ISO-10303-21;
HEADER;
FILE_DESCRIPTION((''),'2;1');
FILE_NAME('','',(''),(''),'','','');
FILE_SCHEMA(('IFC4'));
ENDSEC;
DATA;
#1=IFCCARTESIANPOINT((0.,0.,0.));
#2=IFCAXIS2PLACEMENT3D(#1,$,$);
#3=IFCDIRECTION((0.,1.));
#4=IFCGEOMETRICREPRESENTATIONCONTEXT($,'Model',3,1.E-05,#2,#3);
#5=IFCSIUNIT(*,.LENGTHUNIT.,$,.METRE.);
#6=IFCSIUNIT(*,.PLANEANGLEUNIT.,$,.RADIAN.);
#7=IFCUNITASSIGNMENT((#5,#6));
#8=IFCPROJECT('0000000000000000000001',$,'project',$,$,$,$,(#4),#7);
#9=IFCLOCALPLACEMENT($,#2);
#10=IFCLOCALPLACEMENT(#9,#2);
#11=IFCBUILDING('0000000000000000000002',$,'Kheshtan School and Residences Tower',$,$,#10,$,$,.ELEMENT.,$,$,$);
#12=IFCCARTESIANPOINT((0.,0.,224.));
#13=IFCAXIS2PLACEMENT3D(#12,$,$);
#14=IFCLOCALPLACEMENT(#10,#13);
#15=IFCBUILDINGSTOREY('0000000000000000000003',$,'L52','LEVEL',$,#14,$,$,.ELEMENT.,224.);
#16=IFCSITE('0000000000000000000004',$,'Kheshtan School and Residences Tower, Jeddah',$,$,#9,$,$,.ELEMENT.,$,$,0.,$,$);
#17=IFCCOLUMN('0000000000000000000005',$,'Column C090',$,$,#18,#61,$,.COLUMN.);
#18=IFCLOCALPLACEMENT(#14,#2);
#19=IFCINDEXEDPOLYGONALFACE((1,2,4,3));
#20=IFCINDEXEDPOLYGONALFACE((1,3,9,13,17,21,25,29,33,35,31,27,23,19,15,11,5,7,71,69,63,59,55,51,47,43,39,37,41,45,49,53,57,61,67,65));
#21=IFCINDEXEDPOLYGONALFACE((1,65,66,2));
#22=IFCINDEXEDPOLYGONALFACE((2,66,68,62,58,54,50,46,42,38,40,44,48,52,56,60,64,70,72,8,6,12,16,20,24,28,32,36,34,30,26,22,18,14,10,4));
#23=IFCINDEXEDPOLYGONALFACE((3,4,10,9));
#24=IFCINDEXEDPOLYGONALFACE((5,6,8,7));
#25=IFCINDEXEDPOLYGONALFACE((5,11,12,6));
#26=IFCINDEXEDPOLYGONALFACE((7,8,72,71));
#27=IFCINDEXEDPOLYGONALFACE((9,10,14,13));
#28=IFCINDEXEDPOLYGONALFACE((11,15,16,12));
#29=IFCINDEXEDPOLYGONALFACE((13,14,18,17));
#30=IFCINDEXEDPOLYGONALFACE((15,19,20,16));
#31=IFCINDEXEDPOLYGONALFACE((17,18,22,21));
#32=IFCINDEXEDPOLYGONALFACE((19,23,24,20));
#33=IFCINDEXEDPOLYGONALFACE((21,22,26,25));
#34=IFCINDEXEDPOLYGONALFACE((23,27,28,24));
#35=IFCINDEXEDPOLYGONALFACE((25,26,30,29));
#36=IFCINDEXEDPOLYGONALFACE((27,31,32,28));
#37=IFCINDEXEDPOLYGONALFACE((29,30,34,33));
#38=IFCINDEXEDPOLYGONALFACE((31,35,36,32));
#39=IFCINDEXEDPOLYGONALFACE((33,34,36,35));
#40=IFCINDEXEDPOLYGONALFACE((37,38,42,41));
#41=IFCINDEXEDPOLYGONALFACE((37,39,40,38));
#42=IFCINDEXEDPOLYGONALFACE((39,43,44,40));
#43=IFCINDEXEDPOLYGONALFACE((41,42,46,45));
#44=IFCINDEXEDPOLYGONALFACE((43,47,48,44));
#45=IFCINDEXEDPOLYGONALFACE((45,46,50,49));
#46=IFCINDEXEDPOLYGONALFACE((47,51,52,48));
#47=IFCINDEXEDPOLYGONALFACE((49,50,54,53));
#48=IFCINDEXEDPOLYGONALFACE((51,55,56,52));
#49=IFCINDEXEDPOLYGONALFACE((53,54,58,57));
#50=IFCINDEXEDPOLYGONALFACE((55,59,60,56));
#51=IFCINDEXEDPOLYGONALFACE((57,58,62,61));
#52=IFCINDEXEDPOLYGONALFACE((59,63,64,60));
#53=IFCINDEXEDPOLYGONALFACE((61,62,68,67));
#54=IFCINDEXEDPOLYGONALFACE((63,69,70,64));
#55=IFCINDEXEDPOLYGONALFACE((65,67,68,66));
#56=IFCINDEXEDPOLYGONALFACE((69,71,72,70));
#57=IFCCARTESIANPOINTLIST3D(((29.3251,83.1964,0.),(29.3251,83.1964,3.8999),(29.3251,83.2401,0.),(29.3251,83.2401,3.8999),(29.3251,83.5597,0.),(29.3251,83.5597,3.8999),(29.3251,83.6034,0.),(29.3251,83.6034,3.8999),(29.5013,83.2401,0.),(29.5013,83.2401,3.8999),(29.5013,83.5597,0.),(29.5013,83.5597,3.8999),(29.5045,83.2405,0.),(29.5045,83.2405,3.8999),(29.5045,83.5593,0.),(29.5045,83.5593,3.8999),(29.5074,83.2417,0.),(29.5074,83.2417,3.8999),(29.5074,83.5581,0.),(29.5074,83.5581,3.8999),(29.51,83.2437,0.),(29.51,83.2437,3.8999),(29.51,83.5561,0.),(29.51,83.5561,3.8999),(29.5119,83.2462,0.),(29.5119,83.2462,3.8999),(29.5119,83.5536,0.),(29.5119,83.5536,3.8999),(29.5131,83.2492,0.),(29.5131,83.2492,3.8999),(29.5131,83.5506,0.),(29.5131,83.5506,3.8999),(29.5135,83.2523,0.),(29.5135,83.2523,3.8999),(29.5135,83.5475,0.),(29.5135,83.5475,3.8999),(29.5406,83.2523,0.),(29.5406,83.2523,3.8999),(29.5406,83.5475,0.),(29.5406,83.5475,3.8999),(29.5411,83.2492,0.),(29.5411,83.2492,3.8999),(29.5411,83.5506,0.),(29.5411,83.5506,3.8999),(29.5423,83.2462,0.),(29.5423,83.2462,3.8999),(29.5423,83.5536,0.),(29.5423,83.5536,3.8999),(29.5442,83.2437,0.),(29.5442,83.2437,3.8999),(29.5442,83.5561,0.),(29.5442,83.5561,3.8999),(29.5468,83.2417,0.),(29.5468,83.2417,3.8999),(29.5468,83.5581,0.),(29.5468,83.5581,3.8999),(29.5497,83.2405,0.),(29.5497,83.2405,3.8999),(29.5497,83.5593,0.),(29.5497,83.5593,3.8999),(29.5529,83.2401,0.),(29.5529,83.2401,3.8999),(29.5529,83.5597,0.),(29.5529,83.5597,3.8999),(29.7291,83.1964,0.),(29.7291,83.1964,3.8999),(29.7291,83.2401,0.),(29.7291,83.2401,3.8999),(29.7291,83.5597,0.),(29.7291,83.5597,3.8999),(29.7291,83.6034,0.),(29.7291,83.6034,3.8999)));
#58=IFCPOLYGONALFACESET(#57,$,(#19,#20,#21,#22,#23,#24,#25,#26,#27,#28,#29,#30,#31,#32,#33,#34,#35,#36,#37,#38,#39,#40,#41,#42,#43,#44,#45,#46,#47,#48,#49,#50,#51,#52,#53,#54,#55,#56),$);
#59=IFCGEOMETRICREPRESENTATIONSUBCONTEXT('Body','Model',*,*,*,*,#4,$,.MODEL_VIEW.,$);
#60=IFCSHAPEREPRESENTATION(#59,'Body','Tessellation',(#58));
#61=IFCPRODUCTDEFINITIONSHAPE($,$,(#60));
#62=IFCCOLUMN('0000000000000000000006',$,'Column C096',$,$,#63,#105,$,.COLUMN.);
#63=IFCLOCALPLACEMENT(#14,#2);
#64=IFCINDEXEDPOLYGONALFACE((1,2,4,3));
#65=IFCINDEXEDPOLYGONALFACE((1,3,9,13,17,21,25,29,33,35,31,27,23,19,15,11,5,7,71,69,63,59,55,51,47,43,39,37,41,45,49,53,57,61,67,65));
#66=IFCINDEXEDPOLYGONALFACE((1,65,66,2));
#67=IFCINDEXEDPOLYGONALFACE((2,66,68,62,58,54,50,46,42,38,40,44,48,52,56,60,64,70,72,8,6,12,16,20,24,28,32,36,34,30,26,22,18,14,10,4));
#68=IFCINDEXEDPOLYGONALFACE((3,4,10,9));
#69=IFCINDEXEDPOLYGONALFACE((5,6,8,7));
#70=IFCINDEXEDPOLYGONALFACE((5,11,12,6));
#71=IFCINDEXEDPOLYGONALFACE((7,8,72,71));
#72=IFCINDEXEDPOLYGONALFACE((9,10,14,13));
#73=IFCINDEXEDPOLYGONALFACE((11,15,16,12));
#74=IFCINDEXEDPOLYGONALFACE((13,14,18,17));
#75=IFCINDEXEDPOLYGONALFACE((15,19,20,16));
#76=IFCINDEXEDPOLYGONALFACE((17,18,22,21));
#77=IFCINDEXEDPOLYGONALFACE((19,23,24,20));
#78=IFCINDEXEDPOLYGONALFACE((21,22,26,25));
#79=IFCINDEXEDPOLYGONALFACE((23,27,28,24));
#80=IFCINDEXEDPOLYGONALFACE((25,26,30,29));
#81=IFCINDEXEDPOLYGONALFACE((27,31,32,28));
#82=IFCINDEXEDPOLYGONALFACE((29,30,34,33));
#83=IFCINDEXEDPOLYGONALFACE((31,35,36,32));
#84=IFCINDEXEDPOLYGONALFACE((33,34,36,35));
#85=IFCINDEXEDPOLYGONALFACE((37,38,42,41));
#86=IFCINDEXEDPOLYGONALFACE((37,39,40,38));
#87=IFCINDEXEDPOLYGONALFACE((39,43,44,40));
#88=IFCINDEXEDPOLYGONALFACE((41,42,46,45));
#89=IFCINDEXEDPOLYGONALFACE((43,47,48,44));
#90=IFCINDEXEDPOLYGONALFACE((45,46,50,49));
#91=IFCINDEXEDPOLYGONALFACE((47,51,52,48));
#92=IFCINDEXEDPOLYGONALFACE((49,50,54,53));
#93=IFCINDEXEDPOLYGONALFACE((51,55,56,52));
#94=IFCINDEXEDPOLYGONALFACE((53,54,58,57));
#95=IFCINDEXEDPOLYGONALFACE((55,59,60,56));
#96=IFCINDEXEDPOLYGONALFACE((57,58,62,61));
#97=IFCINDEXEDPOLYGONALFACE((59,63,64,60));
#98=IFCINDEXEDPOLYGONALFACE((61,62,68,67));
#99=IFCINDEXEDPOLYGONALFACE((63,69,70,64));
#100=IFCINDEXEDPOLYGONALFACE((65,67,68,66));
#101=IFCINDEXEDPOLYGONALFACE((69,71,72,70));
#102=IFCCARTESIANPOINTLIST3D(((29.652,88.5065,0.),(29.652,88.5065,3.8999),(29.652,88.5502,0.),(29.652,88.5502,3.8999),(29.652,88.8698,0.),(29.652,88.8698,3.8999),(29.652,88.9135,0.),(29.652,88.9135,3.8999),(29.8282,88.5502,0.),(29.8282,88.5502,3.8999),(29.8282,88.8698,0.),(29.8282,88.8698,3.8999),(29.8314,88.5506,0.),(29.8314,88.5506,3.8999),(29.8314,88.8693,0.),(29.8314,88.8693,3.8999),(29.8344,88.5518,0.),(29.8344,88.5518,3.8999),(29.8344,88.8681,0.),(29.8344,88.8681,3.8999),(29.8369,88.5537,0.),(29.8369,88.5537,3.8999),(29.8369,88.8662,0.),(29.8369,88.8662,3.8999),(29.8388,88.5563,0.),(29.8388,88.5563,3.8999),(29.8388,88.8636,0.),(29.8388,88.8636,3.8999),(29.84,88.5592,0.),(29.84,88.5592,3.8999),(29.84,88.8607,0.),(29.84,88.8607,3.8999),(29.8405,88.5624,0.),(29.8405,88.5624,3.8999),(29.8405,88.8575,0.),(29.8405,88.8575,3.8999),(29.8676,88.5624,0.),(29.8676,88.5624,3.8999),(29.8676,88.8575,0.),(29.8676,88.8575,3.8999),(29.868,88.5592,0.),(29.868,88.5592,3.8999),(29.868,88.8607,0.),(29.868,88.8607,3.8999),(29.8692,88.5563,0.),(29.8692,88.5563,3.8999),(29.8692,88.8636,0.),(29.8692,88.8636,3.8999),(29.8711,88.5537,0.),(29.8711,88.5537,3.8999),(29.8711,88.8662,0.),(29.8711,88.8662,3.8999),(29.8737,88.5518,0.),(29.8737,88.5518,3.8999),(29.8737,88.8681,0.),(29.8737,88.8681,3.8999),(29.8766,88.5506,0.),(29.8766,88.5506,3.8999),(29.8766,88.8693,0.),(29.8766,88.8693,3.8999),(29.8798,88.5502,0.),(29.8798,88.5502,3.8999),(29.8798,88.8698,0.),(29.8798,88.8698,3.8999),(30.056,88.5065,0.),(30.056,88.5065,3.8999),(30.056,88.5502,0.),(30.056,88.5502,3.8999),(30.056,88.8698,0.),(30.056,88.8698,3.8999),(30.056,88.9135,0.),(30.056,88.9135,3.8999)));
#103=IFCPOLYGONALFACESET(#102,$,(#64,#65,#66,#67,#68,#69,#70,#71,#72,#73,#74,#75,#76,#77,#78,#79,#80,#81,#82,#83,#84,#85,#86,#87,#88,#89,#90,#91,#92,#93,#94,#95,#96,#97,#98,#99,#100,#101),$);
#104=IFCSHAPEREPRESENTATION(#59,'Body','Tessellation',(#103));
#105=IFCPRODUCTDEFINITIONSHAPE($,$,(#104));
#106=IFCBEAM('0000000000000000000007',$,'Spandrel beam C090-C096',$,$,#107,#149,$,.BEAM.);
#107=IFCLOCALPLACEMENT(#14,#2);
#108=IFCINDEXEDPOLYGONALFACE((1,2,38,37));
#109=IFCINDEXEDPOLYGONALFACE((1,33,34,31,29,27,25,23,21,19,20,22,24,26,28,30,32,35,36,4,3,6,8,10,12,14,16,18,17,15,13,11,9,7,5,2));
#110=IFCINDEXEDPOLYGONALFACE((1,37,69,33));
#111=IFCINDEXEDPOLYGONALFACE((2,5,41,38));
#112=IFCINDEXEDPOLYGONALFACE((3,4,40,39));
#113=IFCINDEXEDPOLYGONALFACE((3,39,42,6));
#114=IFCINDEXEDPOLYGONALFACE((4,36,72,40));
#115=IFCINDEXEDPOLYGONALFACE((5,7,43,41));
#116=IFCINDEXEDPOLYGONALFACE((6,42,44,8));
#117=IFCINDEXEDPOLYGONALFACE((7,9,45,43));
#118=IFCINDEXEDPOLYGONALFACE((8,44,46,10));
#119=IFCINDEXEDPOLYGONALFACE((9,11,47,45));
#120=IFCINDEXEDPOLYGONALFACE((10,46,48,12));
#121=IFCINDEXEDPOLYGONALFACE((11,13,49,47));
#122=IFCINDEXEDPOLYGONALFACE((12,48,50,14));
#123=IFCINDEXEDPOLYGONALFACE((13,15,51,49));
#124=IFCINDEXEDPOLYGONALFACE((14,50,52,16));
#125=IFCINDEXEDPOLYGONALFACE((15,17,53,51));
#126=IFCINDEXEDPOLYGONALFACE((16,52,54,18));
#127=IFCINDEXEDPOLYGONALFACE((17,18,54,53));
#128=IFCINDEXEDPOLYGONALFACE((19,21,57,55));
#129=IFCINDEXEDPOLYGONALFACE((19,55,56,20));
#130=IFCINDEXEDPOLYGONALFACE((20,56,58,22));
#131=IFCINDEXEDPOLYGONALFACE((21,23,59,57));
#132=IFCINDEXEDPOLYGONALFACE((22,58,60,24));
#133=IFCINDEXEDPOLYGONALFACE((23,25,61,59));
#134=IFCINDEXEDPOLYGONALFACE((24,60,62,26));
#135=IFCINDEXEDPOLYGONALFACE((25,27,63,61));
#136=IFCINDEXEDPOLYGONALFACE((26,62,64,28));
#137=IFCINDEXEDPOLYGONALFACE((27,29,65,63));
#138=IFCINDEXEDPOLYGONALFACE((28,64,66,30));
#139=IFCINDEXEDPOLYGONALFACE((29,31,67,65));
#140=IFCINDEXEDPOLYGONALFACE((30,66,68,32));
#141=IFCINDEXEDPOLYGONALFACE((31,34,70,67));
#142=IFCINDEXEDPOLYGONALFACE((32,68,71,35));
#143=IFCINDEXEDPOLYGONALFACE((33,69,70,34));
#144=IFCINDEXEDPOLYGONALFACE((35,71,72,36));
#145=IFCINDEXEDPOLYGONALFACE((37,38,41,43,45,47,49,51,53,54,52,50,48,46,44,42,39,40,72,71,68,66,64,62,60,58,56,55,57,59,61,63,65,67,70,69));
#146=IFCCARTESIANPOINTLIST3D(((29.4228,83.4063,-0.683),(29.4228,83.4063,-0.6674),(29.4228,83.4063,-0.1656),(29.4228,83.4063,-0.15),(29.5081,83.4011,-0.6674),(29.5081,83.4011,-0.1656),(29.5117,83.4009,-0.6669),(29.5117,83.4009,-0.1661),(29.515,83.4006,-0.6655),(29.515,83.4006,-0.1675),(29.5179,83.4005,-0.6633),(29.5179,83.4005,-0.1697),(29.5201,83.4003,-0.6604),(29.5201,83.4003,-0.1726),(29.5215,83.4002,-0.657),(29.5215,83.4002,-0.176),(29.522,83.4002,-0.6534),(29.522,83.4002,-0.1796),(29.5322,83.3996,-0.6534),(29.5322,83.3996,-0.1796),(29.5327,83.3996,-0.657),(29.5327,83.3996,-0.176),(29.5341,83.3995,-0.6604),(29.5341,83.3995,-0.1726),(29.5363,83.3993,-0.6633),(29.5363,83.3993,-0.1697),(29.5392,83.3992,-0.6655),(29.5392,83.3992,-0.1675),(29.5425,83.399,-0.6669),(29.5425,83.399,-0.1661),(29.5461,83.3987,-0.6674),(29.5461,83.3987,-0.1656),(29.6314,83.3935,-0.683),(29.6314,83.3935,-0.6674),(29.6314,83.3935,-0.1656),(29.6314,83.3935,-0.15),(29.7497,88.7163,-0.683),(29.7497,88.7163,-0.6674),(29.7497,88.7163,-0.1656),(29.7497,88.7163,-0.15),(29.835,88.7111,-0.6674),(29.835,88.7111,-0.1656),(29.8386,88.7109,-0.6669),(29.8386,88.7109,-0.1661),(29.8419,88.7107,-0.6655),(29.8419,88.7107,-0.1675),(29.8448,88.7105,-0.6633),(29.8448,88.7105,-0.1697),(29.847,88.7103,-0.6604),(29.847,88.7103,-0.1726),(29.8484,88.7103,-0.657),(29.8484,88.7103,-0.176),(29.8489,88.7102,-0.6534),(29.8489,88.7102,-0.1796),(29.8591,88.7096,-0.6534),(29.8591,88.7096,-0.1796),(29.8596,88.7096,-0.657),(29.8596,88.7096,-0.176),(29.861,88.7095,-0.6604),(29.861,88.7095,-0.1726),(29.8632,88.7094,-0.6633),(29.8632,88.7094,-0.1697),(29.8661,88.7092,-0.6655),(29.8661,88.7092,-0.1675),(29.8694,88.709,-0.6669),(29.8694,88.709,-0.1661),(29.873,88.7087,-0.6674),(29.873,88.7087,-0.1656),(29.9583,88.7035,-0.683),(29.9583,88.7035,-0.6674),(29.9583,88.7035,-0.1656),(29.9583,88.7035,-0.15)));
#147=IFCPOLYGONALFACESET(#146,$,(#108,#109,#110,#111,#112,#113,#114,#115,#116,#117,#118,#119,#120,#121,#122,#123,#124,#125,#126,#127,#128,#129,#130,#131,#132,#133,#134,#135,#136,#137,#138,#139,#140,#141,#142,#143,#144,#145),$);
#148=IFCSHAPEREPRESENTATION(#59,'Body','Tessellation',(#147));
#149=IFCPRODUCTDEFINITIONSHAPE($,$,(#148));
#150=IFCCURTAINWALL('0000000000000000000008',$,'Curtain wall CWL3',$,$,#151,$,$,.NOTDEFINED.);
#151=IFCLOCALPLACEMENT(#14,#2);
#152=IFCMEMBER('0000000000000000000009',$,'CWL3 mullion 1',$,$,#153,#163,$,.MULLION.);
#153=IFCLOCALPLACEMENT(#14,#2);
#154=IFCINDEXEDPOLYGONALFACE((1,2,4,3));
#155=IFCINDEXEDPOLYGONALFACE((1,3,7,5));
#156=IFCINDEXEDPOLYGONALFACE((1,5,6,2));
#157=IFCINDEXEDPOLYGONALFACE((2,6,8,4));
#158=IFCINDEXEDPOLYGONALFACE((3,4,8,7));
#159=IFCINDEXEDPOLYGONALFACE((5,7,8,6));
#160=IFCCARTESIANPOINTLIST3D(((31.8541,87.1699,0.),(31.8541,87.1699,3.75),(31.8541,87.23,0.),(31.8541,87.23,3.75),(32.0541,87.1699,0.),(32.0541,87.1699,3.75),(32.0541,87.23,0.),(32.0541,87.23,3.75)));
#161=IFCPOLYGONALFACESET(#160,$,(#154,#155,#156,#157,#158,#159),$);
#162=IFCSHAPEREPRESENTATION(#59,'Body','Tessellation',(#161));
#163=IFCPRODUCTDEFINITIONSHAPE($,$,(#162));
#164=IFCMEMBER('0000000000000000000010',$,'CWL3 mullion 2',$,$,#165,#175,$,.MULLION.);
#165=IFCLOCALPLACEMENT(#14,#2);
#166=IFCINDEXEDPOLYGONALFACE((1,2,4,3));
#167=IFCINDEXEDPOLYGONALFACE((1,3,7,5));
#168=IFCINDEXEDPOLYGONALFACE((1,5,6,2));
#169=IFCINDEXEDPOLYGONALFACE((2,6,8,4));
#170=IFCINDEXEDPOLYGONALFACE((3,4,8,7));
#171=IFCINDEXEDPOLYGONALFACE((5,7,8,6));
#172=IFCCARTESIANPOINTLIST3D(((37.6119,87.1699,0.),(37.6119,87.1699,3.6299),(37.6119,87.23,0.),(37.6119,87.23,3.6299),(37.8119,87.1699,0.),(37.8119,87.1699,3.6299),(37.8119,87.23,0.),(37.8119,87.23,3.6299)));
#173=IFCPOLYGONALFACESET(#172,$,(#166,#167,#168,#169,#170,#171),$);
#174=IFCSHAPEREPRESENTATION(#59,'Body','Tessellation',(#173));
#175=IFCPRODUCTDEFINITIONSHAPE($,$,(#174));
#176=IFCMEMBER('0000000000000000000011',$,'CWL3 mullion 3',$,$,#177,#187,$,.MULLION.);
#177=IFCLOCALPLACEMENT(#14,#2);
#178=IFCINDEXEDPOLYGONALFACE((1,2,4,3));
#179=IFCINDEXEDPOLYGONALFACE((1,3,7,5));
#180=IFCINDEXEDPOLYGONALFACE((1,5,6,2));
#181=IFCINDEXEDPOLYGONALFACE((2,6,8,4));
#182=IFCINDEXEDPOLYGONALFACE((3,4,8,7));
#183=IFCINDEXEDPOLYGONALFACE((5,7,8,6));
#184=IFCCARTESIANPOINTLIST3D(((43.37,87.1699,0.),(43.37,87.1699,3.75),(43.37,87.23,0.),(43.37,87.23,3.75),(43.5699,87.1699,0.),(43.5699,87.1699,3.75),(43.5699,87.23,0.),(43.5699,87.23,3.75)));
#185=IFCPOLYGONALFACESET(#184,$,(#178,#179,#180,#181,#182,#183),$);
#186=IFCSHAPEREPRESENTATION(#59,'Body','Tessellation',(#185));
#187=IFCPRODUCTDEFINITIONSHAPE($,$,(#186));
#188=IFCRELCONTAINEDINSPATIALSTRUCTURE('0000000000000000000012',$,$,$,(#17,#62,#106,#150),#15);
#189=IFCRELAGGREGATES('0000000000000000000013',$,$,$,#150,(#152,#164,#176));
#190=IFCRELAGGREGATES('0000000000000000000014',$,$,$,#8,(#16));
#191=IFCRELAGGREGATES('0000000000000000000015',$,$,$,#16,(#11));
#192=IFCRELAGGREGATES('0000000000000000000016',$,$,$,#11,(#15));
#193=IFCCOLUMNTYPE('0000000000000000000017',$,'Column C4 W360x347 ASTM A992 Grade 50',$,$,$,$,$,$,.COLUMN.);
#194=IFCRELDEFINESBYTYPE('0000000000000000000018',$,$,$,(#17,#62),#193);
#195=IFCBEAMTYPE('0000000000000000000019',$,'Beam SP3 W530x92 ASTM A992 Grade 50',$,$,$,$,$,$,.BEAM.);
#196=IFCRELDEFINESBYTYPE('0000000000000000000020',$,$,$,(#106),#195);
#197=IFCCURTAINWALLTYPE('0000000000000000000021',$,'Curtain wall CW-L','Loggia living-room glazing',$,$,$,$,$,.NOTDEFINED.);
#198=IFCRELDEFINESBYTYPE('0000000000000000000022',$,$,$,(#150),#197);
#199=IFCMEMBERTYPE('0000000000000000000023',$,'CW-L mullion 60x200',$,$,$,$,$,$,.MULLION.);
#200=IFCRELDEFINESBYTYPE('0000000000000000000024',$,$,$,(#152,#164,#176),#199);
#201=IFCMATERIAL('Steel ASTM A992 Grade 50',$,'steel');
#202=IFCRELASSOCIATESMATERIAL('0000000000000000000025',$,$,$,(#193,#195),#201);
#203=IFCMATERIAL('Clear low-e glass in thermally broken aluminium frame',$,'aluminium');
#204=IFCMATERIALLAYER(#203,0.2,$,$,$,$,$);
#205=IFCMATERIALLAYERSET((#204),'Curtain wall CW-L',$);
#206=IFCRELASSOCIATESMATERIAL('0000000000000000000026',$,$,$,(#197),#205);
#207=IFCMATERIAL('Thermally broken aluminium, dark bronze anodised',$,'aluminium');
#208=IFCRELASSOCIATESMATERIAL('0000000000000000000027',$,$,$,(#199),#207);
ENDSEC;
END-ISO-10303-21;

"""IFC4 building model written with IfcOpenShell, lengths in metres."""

from ifc_helpers import new_model, si_unit, direction, frame, origin, origin_2d, place, context, subcontext, project, spatial, rectangle, i_section, extrude, material, layer, layer_set, material_profile, profile_set, type_object, element, aggregate, save


model = new_model("IFC4")

# Units and contexts
model_context = context("Model", 3, precision=1e-05, world=origin(), true_north=direction((0.0, 1.0)))
body_context = subcontext(model_context, "Body", "Model", "MODEL_VIEW")
ifc_project = project(units=[si_unit("LENGTHUNIT", "METRE"), si_unit("PLANEANGLEUNIT", "RADIAN")], contexts=[model_context])

# Site, building, storey
site_placement = place(None, origin())
site = spatial("IfcSite", under=ifc_project, at=site_placement, Name="Kheshtan School and Residences Tower, Jeddah", CompositionType="ELEMENT", RefElevation=0.0)
building_placement = place(site_placement, origin())
building = spatial("IfcBuilding", under=site, at=building_placement, Name="Kheshtan School and Residences Tower", CompositionType="ELEMENT")
storey_placement = place(building_placement, frame((0.0, 0.0, 224.0)))
storey = spatial("IfcBuildingStorey", under=building, at=storey_placement, Name="L52", Description="LEVEL", CompositionType="ELEMENT", Elevation=224.0)

# Columns
ifc_material_1 = material(Name="Steel ASTM A992 Grade 50", Category="steel")
ifc_material_profile_1 = material_profile(ifc_material_1, i_section(OverallWidth=0.4041, OverallDepth=0.407, WebThickness=0.0271, FlangeThickness=0.0437, FilletRadius=0.0122, at=origin_2d()), Name="W360x347")
ifc_profile_set_1 = profile_set([ifc_material_profile_1], Name="Steel ASTM A992 Grade 50")
column_type = type_object("IfcColumnType", Name="Column C4 W360x347 ASTM A992 Grade 50", PredefinedType="COLUMN", material=ifc_profile_set_1)
for number, where, z_axis, x_axis, name in (
    (1, (29.5271, 83.3999, 0.0), (0.0, 0.0, 1.0), (1.0, 0.0, 0.0), "Column C090"),
    (2, (29.854, 88.71, 0.0), (0.0, 0.0, 1.0), (1.0, 0.0, 0.0), "Column C096"),
):
    element("IfcColumn", number, at=place(storey_placement, frame(where, z_axis=z_axis, x_axis=x_axis)), inside=storey, type_object=column_type, Name=name, PredefinedType="COLUMN", context=body_context, shape_type="SweptSolid", body=[
        extrude(i_section(OverallWidth=0.4041, OverallDepth=0.407, WebThickness=0.0271, FlangeThickness=0.0437, FilletRadius=0.0122, at=origin_2d()), origin(), (0.0, 0.0, 1.0), 3.8999),
    ])

# Beam
ifc_material_profile_2 = material_profile(ifc_material_1, i_section(OverallWidth=0.209, OverallDepth=0.533, WebThickness=0.0103, FlangeThickness=0.0156, FilletRadius=0.0139, at=origin_2d()), Name="W530x92")
ifc_profile_set_2 = profile_set([ifc_material_profile_2], Name="Steel ASTM A992 Grade 50")
beam_type_1 = type_object("IfcBeamType", Name="Beam SP3 W530x92 ASTM A992 Grade 50", PredefinedType="BEAM", material=ifc_profile_set_2)
beam_1_placement = place(storey_placement, frame((29.5271, 83.3999, -0.4165), z_axis=(0.061447, 0.99811, 0.0), x_axis=(-0.99811, 0.061447, 0.0)))
element("IfcBeam", 3, at=beam_1_placement, inside=storey, type_object=beam_type_1, Name="Spandrel beam C090-C096", PredefinedType="BEAM", context=body_context, shape_type="SweptSolid", body=[
    extrude(i_section(OverallWidth=0.209, OverallDepth=0.533, WebThickness=0.0103, FlangeThickness=0.0156, FilletRadius=0.0139, at=origin_2d()), origin(), (0.0, 0.0, 1.0), 5.3201),
])

# Curtain wall, members
ifc_material_2 = material(Name="Clear low-e glass in thermally broken aluminium frame", Category="aluminium")
ifc_layer_1 = layer(ifc_material_2, 0.2)
ifc_layer_set_1 = layer_set([ifc_layer_1], Name="Curtain wall CW-L")
curtain_wall_type = type_object("IfcCurtainWallType", Name="Curtain wall CW-L", Description="Loggia living-room glazing", PredefinedType="NOTDEFINED", material=ifc_layer_set_1)
curtain_wall_placement = place(storey_placement, origin())
curtain_wall = element("IfcCurtainWall", 4, at=curtain_wall_placement, inside=storey, type_object=curtain_wall_type, Name="Curtain wall CWL3", PredefinedType="NOTDEFINED")
ifc_material_3 = material(Name="Thermally broken aluminium, dark bronze anodised", Category="aluminium")
ifc_material_profile_3 = material_profile(ifc_material_3, rectangle(XDim=0.0601, YDim=0.2, at=origin_2d()), Name="CW-L mullion 60x200")
ifc_profile_set_3 = profile_set([ifc_material_profile_3], Name="Thermally broken aluminium, dark bronze anodised")
member_type_1 = type_object("IfcMemberType", Name="CW-L mullion 60x200", PredefinedType="MULLION", material=ifc_profile_set_3)
member_1_placement = place(storey_placement, frame((31.9541, 87.2, 0.0), z_axis=(0.0, 0.0, 1.0), x_axis=(0.0, 1.0, 0.0)))
member_1 = element("IfcMember", 5, at=member_1_placement, type_object=member_type_1, Name="CWL3 mullion 1", PredefinedType="MULLION", context=body_context, shape_type="SweptSolid", body=[
    extrude(rectangle(XDim=0.0601, YDim=0.2, at=origin_2d()), origin(), (0.0, 0.0, 1.0), 3.75),
])
member_2_placement = place(storey_placement, frame((37.7119, 87.2, 0.0), z_axis=(0.0, 0.0, 1.0), x_axis=(0.0, 1.0, 0.0)))
member_2 = element("IfcMember", 6, at=member_2_placement, type_object=member_type_1, Name="CWL3 mullion 2", PredefinedType="MULLION", context=body_context, shape_type="SweptSolid", body=[
    extrude(rectangle(XDim=0.0601, YDim=0.2, at=origin_2d()), origin(), (0.0, 0.0, 1.0), 3.6299),
])
member_3_placement = place(storey_placement, frame((43.47, 87.2, 0.0), z_axis=(0.0, 0.0, 1.0), x_axis=(0.0, 1.0, 0.0)))
member_3 = element("IfcMember", 7, at=member_3_placement, type_object=member_type_1, Name="CWL3 mullion 3", PredefinedType="MULLION", context=body_context, shape_type="SweptSolid", body=[
    extrude(rectangle(XDim=0.0601, YDim=0.2, at=origin_2d()), origin(), (0.0, 0.0, 1.0), 3.75),
])

aggregate(curtain_wall, [member_1, member_2, member_3])

save(model, "model.ifc")
